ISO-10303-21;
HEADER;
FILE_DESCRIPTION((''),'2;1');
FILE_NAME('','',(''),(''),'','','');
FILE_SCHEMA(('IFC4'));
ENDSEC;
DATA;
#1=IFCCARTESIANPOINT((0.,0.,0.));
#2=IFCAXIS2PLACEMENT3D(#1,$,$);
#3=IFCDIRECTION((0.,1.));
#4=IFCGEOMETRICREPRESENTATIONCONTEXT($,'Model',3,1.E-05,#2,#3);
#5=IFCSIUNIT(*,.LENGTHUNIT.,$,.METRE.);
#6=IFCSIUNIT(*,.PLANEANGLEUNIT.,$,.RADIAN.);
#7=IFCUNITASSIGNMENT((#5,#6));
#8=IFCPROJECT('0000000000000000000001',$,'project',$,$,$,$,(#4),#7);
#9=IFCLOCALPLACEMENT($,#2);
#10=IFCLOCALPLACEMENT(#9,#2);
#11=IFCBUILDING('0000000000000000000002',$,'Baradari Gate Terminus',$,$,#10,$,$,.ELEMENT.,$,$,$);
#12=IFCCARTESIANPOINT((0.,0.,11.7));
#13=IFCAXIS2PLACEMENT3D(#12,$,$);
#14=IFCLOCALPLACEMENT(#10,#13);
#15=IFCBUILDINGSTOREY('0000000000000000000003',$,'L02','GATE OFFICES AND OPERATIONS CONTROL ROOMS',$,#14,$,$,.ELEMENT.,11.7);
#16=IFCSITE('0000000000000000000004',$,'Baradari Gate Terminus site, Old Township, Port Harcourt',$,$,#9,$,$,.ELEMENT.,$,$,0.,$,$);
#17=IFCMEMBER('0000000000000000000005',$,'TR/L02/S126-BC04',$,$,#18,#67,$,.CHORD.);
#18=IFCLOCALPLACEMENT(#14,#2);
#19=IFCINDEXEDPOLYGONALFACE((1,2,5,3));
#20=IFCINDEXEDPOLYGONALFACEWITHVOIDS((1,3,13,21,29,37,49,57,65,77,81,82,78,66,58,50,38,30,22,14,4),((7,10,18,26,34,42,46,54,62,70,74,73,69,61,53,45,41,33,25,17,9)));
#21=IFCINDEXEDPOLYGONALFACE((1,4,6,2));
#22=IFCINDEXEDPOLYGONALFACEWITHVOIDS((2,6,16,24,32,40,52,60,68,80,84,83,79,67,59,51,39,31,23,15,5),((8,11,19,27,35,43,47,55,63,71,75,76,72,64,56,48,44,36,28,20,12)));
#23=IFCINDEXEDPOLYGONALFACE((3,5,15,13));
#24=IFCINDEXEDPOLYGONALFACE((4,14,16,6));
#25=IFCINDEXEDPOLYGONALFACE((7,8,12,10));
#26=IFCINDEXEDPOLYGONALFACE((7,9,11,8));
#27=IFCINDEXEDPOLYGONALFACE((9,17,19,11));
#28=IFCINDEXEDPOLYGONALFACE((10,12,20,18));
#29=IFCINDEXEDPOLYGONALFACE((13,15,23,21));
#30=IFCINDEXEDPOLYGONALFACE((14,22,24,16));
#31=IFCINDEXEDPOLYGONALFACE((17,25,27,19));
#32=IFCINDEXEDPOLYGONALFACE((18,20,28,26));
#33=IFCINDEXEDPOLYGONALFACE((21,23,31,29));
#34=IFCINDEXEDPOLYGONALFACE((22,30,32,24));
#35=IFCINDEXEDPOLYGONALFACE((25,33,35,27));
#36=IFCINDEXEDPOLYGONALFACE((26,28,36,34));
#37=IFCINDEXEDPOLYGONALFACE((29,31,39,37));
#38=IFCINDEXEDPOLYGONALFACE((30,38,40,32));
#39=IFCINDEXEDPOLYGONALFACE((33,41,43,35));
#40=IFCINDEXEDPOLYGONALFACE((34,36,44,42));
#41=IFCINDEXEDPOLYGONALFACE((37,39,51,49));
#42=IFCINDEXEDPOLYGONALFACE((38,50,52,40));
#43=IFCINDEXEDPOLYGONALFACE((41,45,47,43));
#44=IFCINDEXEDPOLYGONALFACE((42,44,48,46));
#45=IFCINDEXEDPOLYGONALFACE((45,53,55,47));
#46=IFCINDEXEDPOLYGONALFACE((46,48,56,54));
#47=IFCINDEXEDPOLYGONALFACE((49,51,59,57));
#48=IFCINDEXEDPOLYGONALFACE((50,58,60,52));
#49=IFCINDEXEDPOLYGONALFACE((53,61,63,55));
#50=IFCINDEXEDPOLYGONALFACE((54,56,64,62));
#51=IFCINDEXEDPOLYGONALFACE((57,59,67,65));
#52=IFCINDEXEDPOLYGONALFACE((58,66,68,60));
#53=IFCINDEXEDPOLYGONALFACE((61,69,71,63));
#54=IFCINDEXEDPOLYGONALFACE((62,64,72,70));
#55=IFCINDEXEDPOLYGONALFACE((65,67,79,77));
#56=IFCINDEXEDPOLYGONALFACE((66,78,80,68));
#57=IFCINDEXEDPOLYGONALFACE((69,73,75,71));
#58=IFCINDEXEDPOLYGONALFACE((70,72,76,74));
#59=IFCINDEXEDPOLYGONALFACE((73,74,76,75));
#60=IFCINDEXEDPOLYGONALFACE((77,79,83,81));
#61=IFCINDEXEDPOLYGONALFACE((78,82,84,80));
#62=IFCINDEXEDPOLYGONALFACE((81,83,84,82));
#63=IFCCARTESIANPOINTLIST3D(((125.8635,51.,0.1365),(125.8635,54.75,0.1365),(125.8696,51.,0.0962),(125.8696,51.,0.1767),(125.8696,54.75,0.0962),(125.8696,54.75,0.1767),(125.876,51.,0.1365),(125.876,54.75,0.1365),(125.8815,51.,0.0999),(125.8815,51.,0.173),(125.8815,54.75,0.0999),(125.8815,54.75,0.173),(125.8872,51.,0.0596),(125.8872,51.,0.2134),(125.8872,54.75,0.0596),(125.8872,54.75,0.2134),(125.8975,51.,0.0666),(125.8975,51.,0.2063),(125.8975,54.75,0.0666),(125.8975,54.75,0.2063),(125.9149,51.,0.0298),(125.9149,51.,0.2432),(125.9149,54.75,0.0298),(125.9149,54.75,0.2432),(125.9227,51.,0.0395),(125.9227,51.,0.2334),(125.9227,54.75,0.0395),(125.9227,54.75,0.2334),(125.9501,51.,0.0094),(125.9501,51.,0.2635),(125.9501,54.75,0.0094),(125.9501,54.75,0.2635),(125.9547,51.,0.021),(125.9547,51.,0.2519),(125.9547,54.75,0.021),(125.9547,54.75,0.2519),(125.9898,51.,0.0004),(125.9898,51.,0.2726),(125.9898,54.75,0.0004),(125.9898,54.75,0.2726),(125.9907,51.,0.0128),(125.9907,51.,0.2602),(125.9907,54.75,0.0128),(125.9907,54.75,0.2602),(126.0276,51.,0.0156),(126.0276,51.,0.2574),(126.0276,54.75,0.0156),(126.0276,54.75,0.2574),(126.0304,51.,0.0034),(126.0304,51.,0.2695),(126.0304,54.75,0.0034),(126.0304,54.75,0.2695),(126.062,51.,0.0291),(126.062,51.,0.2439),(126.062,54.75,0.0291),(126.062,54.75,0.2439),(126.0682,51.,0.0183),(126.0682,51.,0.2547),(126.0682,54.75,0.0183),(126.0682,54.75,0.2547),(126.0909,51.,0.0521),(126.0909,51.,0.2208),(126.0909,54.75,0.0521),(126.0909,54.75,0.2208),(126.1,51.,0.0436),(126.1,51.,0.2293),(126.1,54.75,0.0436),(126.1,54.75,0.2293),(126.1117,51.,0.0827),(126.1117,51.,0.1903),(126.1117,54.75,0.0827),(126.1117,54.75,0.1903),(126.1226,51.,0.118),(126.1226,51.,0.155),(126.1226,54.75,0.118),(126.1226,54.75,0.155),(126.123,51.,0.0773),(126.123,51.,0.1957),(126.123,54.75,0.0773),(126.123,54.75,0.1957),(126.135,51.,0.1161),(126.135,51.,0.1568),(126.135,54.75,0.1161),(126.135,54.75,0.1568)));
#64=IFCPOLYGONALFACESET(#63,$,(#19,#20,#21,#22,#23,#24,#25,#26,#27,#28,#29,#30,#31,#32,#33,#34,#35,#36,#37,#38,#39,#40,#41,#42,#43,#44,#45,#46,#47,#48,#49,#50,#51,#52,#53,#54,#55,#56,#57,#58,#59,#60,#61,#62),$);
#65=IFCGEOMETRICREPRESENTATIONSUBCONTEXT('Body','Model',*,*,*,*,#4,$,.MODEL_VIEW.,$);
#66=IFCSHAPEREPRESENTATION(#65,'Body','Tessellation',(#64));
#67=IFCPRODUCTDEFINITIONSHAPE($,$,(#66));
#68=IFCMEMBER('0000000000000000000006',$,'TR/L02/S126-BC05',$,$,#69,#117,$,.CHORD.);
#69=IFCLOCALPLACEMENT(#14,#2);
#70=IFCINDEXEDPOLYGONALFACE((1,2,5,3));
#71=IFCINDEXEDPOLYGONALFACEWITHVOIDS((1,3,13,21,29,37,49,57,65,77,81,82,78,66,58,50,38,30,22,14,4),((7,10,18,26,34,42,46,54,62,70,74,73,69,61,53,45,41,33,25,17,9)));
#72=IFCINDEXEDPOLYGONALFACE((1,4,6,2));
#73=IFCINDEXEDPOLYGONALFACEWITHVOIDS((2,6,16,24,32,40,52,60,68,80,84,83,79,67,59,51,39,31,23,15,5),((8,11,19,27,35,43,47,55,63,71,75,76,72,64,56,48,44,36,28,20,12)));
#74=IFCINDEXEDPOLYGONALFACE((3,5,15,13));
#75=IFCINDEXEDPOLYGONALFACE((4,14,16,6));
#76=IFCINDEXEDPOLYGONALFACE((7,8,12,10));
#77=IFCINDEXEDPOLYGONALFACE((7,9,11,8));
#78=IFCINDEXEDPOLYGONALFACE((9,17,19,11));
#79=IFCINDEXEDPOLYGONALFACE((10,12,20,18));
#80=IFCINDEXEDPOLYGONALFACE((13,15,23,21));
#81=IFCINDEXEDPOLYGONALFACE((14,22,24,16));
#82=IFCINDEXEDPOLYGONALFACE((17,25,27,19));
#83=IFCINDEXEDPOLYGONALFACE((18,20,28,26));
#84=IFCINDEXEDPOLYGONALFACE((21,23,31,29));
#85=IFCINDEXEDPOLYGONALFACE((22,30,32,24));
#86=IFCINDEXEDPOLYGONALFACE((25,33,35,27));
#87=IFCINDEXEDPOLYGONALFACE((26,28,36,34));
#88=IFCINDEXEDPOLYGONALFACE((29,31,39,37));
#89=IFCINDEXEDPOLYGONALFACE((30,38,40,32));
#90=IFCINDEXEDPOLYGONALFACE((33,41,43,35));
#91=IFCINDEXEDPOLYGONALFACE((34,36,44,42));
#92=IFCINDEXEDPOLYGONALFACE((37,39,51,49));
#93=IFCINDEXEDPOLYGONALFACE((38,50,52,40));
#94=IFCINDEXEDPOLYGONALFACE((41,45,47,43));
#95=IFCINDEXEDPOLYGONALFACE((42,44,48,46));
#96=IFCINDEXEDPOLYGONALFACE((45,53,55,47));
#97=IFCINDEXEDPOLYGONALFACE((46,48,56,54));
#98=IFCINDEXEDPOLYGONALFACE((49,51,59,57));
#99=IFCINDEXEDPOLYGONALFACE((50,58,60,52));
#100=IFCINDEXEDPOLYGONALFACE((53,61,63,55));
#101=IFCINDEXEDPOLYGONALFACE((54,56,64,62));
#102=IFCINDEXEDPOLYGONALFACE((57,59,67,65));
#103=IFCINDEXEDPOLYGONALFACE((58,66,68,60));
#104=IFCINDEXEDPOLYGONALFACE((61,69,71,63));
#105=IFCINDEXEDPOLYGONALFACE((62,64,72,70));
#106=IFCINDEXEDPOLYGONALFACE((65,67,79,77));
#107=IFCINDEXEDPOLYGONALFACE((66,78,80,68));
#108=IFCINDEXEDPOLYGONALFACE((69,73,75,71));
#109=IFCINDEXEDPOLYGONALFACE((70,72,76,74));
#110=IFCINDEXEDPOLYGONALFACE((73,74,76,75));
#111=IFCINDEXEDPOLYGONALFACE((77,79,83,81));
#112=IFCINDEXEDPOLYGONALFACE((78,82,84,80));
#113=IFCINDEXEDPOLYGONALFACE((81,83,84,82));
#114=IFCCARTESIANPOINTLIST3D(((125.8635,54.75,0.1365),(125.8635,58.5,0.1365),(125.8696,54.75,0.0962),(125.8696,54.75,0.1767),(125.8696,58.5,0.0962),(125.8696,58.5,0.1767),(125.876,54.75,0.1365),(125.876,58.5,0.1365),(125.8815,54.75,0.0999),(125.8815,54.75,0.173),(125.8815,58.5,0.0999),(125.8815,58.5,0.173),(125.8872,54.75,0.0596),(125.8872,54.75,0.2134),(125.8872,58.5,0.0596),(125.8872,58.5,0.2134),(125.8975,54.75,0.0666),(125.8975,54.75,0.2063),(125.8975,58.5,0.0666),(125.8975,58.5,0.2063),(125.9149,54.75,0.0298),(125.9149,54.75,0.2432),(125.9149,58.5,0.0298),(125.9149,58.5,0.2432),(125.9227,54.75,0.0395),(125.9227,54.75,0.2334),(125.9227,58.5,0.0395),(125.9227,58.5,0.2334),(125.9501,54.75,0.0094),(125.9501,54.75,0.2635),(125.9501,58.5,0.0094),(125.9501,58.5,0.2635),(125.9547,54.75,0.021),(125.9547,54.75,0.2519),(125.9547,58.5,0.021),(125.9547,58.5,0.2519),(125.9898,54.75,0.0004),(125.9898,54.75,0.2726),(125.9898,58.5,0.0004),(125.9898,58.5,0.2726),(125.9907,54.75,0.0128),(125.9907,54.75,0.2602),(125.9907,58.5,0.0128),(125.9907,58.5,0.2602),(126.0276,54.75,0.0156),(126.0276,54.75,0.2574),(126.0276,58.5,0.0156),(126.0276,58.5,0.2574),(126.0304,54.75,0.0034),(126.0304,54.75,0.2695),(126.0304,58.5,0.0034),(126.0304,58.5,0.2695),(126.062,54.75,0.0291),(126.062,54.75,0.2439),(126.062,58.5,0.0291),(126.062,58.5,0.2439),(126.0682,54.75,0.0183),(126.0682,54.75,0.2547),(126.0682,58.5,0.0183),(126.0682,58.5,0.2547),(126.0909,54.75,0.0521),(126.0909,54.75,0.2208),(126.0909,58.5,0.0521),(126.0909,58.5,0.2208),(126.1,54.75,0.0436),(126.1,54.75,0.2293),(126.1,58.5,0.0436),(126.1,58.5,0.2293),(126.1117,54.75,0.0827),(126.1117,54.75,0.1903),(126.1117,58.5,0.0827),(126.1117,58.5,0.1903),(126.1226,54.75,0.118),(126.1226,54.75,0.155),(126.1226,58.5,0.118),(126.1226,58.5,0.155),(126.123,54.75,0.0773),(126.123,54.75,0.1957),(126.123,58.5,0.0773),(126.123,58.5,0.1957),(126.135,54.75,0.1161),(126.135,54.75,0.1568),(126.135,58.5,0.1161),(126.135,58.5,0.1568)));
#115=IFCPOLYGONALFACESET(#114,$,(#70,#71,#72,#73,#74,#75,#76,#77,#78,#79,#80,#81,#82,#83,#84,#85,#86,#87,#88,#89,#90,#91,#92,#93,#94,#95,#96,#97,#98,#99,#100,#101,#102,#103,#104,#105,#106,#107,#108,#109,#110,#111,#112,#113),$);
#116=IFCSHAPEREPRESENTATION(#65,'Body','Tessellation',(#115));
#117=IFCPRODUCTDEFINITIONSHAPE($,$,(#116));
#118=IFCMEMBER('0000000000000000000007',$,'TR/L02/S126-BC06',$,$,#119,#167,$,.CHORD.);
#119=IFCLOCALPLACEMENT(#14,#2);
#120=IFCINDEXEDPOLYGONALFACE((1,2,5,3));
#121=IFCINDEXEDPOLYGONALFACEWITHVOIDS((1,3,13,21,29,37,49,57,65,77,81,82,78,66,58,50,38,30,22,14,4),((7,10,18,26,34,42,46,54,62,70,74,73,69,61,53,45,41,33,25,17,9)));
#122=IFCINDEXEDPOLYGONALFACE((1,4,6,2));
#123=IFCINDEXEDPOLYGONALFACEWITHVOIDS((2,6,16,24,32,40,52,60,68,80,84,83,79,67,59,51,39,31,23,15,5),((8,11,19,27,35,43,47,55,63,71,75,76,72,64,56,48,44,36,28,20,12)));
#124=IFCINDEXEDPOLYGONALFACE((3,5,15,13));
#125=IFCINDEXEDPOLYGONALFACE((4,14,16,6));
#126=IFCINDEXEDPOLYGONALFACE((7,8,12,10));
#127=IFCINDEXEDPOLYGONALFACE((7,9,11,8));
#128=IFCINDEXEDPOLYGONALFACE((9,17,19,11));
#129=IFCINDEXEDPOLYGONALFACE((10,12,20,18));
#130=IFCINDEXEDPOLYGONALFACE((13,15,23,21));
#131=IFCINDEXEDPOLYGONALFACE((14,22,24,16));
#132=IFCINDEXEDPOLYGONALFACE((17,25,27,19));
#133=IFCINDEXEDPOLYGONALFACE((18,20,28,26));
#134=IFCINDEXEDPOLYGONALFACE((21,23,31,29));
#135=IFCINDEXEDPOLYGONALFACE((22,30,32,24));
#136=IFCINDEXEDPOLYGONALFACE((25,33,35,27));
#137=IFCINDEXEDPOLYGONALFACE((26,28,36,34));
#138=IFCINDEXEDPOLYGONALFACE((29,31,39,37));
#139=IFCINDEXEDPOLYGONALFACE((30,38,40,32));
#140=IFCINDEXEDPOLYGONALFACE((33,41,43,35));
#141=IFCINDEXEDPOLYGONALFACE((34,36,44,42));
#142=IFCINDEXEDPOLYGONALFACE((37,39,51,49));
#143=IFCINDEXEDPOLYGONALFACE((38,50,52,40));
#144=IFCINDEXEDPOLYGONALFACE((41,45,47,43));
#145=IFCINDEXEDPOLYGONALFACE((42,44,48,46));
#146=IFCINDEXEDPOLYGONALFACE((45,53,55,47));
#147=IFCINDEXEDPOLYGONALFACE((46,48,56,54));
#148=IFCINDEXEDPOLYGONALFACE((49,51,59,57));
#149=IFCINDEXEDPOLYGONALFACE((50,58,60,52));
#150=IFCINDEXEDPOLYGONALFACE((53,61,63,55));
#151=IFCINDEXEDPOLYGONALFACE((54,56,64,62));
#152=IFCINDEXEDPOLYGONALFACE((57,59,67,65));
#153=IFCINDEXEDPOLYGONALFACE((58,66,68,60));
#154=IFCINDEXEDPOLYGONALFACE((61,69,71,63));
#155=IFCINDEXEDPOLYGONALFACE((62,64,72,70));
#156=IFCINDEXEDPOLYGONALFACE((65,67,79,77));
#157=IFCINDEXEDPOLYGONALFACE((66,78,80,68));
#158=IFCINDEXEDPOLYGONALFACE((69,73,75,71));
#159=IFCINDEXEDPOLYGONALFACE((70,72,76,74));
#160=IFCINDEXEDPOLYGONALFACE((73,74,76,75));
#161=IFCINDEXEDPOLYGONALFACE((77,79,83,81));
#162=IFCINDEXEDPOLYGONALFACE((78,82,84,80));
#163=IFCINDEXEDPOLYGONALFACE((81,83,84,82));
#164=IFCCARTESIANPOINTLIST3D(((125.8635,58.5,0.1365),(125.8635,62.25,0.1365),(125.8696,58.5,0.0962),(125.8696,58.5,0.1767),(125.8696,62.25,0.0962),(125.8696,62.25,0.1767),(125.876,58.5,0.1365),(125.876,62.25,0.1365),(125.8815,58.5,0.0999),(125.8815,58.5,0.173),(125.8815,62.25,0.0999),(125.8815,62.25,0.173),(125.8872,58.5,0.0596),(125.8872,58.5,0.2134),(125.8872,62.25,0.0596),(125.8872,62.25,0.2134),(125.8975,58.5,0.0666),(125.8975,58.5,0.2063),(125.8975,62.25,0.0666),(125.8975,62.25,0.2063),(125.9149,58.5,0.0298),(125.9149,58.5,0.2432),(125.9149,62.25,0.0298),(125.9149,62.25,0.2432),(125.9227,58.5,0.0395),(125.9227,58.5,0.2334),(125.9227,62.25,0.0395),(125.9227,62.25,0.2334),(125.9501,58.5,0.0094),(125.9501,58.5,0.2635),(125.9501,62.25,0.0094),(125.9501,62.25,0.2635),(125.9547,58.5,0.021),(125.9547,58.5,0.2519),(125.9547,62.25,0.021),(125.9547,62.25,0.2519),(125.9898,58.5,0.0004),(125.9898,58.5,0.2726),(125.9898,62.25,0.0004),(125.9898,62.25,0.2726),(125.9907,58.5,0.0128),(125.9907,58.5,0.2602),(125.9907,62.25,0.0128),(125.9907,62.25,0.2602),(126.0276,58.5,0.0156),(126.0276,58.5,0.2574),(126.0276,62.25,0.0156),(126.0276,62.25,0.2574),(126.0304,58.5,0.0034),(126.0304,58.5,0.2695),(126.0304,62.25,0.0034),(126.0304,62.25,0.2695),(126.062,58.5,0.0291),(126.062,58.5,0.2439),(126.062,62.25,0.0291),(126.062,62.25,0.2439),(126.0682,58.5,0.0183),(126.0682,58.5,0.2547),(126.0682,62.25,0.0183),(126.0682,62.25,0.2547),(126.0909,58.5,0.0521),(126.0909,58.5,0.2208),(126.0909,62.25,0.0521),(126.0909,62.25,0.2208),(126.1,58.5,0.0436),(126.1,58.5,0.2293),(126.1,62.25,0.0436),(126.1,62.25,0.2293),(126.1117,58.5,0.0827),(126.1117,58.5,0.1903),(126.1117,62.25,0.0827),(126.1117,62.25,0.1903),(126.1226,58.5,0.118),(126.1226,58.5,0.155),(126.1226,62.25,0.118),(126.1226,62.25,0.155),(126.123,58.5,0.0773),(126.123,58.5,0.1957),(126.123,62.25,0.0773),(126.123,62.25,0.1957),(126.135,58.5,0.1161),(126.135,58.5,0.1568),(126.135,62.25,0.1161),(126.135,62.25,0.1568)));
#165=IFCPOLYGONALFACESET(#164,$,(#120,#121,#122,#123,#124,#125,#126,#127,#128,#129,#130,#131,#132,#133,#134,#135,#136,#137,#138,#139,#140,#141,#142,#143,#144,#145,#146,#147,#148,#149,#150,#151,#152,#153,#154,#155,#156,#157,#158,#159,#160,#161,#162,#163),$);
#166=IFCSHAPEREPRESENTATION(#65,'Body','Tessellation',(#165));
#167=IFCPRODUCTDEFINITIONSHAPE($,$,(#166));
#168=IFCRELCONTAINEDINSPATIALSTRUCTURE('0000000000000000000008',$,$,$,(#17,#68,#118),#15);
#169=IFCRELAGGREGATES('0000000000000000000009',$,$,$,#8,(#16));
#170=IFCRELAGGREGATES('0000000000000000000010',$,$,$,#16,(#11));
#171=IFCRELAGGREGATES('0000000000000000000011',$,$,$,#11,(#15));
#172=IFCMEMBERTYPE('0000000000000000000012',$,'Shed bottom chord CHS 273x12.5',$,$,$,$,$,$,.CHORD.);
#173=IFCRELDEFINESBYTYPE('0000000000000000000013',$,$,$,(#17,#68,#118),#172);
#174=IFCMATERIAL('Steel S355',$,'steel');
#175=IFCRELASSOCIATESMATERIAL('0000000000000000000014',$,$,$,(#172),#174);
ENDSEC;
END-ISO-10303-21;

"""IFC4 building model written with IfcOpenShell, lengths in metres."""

from ifc_helpers import new_model, si_unit, direction, frame, origin, origin_2d, place, context, subcontext, project, spatial, hollow_circle, extrude, material, material_profile, profile_set, type_object, element, save


model = new_model("IFC4")

# Units and contexts
model_context = context("Model", 3, precision=1e-05, world=origin(), true_north=direction((0.0, 1.0)))
body_context = subcontext(model_context, "Body", "Model", "MODEL_VIEW")
ifc_project = project(units=[si_unit("LENGTHUNIT", "METRE"), si_unit("PLANEANGLEUNIT", "RADIAN")], contexts=[model_context])

# Site, building, storey
site_placement = place(None, origin())
site = spatial("IfcSite", under=ifc_project, at=site_placement, Name="Baradari Gate Terminus site, Old Township, Port Harcourt", CompositionType="ELEMENT", RefElevation=0.0)
building_placement = place(site_placement, origin())
building = spatial("IfcBuilding", under=site, at=building_placement, Name="Baradari Gate Terminus", CompositionType="ELEMENT")
storey_placement = place(building_placement, frame((0.0, 0.0, 11.7)))
storey = spatial("IfcBuildingStorey", under=building, at=storey_placement, Name="L02", Description="GATE OFFICES AND OPERATIONS CONTROL ROOMS", CompositionType="ELEMENT", Elevation=11.7)

# Members
ifc_material_1 = material(Name="Steel S355", Category="steel")
ifc_material_profile_1 = material_profile(ifc_material_1, hollow_circle(Radius=0.1365, WallThickness=0.0125, at=origin_2d()), Name="CHS 273x12.5")
ifc_profile_set_1 = profile_set([ifc_material_profile_1], Name="Steel S355")
member_type_1 = type_object("IfcMemberType", Name="Shed bottom chord CHS 273x12.5", PredefinedType="CHORD", material=ifc_profile_set_1)
for number, where, z_axis, x_axis, name in (
    (1, (126.0, 51.0, 0.1365), (0.0, 1.0, 0.0), (-1.0, 0.0, 0.0), "TR/L02/S126-BC04"),
    (2, (126.0, 54.75, 0.1365), (0.0, 1.0, 0.0), (-1.0, 0.0, 0.0), "TR/L02/S126-BC05"),
    (3, (126.0, 58.5, 0.1365), (0.0, 1.0, 0.0), (-1.0, 0.0, 0.0), "TR/L02/S126-BC06"),
):
    element("IfcMember", number, at=place(storey_placement, frame(where, z_axis=z_axis, x_axis=x_axis)), inside=storey, type_object=member_type_1, Name=name, PredefinedType="CHORD", context=body_context, shape_type="SweptSolid", body=[
        extrude(hollow_circle(Radius=0.1365, WallThickness=0.0125, at=origin_2d()), origin(), (0.0, 0.0, 1.0), 3.75),
    ])

save(model, "model.ifc")
